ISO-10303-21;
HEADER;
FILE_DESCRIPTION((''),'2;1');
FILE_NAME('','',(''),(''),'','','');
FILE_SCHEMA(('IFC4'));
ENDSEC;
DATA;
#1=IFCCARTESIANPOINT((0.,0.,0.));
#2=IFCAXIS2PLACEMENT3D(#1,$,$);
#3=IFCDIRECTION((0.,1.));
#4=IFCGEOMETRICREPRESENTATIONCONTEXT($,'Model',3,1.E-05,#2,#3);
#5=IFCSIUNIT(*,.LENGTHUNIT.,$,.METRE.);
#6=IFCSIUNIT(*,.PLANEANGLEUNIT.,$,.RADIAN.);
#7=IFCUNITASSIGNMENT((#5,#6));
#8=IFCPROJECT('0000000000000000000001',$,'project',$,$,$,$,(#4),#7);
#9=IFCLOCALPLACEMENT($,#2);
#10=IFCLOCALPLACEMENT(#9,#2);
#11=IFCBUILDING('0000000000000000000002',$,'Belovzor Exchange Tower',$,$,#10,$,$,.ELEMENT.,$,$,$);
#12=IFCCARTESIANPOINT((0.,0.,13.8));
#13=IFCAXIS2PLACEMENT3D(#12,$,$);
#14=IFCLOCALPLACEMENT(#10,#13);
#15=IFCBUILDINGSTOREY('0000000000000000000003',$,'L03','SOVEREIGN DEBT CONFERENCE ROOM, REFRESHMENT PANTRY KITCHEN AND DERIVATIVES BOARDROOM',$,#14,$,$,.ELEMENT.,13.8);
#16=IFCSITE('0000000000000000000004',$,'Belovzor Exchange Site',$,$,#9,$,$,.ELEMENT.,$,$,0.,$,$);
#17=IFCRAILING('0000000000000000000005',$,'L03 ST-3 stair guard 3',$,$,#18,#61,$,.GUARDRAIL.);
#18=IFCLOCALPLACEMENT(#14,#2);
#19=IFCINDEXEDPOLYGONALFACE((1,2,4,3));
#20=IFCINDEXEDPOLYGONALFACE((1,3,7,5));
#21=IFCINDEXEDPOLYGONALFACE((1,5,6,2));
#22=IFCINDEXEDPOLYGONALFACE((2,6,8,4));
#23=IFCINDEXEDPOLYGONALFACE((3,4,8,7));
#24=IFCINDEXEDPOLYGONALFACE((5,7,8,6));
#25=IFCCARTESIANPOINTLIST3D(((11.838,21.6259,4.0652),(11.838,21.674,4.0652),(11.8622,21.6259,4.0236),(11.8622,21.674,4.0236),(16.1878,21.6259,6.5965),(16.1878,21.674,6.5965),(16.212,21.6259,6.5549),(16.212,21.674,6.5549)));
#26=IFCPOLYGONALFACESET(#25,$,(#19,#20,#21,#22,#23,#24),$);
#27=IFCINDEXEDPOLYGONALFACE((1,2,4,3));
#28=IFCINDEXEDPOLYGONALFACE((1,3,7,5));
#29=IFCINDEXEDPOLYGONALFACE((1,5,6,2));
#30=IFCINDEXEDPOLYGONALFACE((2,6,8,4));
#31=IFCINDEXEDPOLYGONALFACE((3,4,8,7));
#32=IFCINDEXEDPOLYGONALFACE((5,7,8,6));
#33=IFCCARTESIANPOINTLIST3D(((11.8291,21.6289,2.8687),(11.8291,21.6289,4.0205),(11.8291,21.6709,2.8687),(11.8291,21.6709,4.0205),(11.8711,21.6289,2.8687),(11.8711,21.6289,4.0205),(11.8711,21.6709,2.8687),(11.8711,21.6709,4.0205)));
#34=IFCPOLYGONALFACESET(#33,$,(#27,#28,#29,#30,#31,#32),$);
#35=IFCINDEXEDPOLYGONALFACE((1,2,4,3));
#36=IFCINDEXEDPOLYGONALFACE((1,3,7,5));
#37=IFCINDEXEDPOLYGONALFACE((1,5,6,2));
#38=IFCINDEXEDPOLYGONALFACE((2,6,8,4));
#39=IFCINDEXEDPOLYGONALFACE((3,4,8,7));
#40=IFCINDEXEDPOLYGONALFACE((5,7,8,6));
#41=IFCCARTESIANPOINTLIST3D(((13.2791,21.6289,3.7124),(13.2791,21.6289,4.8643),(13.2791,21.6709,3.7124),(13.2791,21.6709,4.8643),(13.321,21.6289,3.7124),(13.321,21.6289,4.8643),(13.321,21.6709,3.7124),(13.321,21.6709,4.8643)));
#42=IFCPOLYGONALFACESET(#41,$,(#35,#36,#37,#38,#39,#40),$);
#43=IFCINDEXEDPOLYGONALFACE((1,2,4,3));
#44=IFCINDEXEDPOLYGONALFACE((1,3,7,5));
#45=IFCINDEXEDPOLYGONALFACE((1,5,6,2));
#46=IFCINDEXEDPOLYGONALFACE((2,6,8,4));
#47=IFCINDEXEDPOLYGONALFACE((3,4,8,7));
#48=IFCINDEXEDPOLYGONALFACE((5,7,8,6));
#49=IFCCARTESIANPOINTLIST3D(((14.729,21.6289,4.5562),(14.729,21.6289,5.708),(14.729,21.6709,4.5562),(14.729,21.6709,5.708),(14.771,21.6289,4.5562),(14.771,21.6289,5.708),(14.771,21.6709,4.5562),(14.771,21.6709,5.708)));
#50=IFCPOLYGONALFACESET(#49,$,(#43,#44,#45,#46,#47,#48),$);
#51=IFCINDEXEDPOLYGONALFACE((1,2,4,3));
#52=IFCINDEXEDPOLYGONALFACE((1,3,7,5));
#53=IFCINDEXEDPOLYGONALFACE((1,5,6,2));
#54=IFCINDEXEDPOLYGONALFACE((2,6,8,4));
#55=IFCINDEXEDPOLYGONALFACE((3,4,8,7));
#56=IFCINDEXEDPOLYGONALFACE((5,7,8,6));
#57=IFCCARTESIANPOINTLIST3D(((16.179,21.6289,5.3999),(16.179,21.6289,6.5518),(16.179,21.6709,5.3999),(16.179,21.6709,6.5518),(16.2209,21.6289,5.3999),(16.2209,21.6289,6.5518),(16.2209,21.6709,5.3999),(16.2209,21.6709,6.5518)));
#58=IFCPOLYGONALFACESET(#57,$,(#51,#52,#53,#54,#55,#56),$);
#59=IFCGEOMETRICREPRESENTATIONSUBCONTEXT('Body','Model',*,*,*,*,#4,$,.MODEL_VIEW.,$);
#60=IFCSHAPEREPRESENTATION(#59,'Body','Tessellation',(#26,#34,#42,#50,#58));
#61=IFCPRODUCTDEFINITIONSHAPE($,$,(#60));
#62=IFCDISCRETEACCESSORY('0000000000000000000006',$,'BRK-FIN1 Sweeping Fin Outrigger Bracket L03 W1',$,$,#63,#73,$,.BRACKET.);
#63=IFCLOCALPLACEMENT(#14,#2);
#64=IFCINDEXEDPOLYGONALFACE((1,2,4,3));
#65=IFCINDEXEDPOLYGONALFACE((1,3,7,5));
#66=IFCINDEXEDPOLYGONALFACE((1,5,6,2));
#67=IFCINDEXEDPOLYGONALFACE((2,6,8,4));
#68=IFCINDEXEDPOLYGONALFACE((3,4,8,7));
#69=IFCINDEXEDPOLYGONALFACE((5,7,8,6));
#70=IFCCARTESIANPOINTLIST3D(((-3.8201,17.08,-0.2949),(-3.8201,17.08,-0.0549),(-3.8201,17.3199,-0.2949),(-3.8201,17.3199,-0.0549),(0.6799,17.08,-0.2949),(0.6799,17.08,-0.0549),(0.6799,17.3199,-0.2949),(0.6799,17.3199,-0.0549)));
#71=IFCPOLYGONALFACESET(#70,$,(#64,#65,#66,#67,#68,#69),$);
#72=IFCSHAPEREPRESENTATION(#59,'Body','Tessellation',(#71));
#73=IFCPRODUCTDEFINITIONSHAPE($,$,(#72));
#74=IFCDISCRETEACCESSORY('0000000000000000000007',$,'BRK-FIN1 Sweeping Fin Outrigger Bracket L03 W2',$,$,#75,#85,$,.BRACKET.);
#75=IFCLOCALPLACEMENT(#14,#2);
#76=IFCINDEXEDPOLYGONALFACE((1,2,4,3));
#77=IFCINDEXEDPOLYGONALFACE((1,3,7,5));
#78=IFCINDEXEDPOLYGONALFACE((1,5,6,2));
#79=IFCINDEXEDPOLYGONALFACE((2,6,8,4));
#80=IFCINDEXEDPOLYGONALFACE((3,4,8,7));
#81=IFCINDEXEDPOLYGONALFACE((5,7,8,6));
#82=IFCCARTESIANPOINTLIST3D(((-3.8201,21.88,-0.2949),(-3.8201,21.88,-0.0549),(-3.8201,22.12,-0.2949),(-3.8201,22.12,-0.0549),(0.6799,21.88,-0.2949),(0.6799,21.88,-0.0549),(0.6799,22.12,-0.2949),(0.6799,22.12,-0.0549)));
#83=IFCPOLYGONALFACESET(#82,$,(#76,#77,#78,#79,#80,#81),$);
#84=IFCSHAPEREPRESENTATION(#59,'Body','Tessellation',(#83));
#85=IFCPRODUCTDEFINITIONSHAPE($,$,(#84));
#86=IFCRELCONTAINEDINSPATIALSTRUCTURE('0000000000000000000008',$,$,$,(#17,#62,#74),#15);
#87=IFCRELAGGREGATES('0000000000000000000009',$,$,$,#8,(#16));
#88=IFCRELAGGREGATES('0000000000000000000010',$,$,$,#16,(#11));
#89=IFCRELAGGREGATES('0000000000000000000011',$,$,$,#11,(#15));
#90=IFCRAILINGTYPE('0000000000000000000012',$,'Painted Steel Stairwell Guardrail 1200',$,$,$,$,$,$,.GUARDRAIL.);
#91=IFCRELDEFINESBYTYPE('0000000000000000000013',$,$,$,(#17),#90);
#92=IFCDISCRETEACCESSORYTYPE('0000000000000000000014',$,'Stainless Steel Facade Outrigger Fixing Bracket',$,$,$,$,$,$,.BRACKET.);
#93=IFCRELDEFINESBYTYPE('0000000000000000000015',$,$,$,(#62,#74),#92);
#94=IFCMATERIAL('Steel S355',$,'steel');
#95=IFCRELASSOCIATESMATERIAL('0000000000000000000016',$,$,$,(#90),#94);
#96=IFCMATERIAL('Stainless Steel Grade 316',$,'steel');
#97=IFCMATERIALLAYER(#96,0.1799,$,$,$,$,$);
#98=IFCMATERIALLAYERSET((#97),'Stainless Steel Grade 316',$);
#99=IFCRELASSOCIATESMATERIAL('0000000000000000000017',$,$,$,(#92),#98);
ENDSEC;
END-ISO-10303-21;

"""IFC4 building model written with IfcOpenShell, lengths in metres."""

from ifc_helpers import new_model, si_unit, direction, frame, origin, origin_2d, place, context, subcontext, project, spatial, rectangle, extrude, material, layer, layer_set, type_object, element, save


model = new_model("IFC4")

# Units and contexts
model_context = context("Model", 3, precision=1e-05, world=origin(), true_north=direction((0.0, 1.0)))
body_context = subcontext(model_context, "Body", "Model", "MODEL_VIEW")
ifc_project = project(units=[si_unit("LENGTHUNIT", "METRE"), si_unit("PLANEANGLEUNIT", "RADIAN")], contexts=[model_context])

# Site, building, storey
site_placement = place(None, origin())
site = spatial("IfcSite", under=ifc_project, at=site_placement, Name="Belovzor Exchange Site", CompositionType="ELEMENT", RefElevation=0.0)
building_placement = place(site_placement, origin())
building = spatial("IfcBuilding", under=site, at=building_placement, Name="Belovzor Exchange Tower", CompositionType="ELEMENT")
storey_placement = place(building_placement, frame((0.0, 0.0, 13.8)))
storey = spatial("IfcBuildingStorey", under=building, at=storey_placement, Name="L03", Description="SOVEREIGN DEBT CONFERENCE ROOM, REFRESHMENT PANTRY KITCHEN AND DERIVATIVES BOARDROOM", CompositionType="ELEMENT", Elevation=13.8)

# Railing
ifc_material_1 = material(Name="Steel S355", Category="steel")
railing_type_1 = type_object("IfcRailingType", Name="Painted Steel Stairwell Guardrail 1200", PredefinedType="GUARDRAIL", material=ifc_material_1)
railing_1_placement = place(storey_placement, frame((11.8501, 21.6499, 2.8687)))
element("IfcRailing", 1, at=railing_1_placement, inside=storey, type_object=railing_type_1, Name="L03 ST-3 stair guard 3", PredefinedType="GUARDRAIL", context=body_context, shape_type="SweptSolid", body=[
    extrude(rectangle(XDim=0.0481, YDim=0.0481, at=origin_2d()), frame((0.0, 0.0, 1.1758), z_axis=(0.864312, 0.0, 0.502957), x_axis=(0.0, 1.0, 0.0)), (0.0, 0.0, 1.0), 5.0327),
    extrude(rectangle(XDim=0.042, YDim=0.042, at=origin_2d()), origin(), (0.0, 0.0, 1.0), 1.1519),
    extrude(rectangle(XDim=0.042, YDim=0.042, at=origin_2d()), frame((1.45, 0.0, 0.8438)), (0.0, 0.0, 1.0), 1.1519),
    extrude(rectangle(XDim=0.042, YDim=0.042, at=origin_2d()), frame((2.8999, 0.0, 1.6875)), (0.0, 0.0, 1.0), 1.1519),
    extrude(rectangle(XDim=0.042, YDim=0.042, at=origin_2d()), frame((4.3499, 0.0, 2.5312)), (0.0, 0.0, 1.0), 1.1519),
])

# Discrete accessories
ifc_material_2 = material(Name="Stainless Steel Grade 316", Category="steel")
ifc_layer_1 = layer(ifc_material_2, 0.1799)
ifc_layer_set_1 = layer_set([ifc_layer_1], Name="Stainless Steel Grade 316")
discrete_accessory_type = type_object("IfcDiscreteAccessoryType", Name="Stainless Steel Facade Outrigger Fixing Bracket", PredefinedType="BRACKET", material=ifc_layer_set_1)
for number, where, z_axis, x_axis, name in (
    (2, (-1.5701, 17.2, -0.2949), (0.0, 0.0, 1.0), (1.0, 0.0, 0.0), "BRK-FIN1 Sweeping Fin Outrigger Bracket L03 W1"),
    (3, (-1.5701, 22.0, -0.2949), (0.0, 0.0, 1.0), (1.0, 0.0, 0.0), "BRK-FIN1 Sweeping Fin Outrigger Bracket L03 W2"),
):
    element("IfcDiscreteAccessory", number, at=place(storey_placement, frame(where, z_axis=z_axis, x_axis=x_axis)), inside=storey, type_object=discrete_accessory_type, Name=name, PredefinedType="BRACKET", context=body_context, shape_type="SweptSolid", body=[
        extrude(rectangle(XDim=4.5, YDim=0.24, at=origin_2d()), origin(), (0.0, 0.0, 1.0), 0.24),
    ])

save(model, "model.ifc")
